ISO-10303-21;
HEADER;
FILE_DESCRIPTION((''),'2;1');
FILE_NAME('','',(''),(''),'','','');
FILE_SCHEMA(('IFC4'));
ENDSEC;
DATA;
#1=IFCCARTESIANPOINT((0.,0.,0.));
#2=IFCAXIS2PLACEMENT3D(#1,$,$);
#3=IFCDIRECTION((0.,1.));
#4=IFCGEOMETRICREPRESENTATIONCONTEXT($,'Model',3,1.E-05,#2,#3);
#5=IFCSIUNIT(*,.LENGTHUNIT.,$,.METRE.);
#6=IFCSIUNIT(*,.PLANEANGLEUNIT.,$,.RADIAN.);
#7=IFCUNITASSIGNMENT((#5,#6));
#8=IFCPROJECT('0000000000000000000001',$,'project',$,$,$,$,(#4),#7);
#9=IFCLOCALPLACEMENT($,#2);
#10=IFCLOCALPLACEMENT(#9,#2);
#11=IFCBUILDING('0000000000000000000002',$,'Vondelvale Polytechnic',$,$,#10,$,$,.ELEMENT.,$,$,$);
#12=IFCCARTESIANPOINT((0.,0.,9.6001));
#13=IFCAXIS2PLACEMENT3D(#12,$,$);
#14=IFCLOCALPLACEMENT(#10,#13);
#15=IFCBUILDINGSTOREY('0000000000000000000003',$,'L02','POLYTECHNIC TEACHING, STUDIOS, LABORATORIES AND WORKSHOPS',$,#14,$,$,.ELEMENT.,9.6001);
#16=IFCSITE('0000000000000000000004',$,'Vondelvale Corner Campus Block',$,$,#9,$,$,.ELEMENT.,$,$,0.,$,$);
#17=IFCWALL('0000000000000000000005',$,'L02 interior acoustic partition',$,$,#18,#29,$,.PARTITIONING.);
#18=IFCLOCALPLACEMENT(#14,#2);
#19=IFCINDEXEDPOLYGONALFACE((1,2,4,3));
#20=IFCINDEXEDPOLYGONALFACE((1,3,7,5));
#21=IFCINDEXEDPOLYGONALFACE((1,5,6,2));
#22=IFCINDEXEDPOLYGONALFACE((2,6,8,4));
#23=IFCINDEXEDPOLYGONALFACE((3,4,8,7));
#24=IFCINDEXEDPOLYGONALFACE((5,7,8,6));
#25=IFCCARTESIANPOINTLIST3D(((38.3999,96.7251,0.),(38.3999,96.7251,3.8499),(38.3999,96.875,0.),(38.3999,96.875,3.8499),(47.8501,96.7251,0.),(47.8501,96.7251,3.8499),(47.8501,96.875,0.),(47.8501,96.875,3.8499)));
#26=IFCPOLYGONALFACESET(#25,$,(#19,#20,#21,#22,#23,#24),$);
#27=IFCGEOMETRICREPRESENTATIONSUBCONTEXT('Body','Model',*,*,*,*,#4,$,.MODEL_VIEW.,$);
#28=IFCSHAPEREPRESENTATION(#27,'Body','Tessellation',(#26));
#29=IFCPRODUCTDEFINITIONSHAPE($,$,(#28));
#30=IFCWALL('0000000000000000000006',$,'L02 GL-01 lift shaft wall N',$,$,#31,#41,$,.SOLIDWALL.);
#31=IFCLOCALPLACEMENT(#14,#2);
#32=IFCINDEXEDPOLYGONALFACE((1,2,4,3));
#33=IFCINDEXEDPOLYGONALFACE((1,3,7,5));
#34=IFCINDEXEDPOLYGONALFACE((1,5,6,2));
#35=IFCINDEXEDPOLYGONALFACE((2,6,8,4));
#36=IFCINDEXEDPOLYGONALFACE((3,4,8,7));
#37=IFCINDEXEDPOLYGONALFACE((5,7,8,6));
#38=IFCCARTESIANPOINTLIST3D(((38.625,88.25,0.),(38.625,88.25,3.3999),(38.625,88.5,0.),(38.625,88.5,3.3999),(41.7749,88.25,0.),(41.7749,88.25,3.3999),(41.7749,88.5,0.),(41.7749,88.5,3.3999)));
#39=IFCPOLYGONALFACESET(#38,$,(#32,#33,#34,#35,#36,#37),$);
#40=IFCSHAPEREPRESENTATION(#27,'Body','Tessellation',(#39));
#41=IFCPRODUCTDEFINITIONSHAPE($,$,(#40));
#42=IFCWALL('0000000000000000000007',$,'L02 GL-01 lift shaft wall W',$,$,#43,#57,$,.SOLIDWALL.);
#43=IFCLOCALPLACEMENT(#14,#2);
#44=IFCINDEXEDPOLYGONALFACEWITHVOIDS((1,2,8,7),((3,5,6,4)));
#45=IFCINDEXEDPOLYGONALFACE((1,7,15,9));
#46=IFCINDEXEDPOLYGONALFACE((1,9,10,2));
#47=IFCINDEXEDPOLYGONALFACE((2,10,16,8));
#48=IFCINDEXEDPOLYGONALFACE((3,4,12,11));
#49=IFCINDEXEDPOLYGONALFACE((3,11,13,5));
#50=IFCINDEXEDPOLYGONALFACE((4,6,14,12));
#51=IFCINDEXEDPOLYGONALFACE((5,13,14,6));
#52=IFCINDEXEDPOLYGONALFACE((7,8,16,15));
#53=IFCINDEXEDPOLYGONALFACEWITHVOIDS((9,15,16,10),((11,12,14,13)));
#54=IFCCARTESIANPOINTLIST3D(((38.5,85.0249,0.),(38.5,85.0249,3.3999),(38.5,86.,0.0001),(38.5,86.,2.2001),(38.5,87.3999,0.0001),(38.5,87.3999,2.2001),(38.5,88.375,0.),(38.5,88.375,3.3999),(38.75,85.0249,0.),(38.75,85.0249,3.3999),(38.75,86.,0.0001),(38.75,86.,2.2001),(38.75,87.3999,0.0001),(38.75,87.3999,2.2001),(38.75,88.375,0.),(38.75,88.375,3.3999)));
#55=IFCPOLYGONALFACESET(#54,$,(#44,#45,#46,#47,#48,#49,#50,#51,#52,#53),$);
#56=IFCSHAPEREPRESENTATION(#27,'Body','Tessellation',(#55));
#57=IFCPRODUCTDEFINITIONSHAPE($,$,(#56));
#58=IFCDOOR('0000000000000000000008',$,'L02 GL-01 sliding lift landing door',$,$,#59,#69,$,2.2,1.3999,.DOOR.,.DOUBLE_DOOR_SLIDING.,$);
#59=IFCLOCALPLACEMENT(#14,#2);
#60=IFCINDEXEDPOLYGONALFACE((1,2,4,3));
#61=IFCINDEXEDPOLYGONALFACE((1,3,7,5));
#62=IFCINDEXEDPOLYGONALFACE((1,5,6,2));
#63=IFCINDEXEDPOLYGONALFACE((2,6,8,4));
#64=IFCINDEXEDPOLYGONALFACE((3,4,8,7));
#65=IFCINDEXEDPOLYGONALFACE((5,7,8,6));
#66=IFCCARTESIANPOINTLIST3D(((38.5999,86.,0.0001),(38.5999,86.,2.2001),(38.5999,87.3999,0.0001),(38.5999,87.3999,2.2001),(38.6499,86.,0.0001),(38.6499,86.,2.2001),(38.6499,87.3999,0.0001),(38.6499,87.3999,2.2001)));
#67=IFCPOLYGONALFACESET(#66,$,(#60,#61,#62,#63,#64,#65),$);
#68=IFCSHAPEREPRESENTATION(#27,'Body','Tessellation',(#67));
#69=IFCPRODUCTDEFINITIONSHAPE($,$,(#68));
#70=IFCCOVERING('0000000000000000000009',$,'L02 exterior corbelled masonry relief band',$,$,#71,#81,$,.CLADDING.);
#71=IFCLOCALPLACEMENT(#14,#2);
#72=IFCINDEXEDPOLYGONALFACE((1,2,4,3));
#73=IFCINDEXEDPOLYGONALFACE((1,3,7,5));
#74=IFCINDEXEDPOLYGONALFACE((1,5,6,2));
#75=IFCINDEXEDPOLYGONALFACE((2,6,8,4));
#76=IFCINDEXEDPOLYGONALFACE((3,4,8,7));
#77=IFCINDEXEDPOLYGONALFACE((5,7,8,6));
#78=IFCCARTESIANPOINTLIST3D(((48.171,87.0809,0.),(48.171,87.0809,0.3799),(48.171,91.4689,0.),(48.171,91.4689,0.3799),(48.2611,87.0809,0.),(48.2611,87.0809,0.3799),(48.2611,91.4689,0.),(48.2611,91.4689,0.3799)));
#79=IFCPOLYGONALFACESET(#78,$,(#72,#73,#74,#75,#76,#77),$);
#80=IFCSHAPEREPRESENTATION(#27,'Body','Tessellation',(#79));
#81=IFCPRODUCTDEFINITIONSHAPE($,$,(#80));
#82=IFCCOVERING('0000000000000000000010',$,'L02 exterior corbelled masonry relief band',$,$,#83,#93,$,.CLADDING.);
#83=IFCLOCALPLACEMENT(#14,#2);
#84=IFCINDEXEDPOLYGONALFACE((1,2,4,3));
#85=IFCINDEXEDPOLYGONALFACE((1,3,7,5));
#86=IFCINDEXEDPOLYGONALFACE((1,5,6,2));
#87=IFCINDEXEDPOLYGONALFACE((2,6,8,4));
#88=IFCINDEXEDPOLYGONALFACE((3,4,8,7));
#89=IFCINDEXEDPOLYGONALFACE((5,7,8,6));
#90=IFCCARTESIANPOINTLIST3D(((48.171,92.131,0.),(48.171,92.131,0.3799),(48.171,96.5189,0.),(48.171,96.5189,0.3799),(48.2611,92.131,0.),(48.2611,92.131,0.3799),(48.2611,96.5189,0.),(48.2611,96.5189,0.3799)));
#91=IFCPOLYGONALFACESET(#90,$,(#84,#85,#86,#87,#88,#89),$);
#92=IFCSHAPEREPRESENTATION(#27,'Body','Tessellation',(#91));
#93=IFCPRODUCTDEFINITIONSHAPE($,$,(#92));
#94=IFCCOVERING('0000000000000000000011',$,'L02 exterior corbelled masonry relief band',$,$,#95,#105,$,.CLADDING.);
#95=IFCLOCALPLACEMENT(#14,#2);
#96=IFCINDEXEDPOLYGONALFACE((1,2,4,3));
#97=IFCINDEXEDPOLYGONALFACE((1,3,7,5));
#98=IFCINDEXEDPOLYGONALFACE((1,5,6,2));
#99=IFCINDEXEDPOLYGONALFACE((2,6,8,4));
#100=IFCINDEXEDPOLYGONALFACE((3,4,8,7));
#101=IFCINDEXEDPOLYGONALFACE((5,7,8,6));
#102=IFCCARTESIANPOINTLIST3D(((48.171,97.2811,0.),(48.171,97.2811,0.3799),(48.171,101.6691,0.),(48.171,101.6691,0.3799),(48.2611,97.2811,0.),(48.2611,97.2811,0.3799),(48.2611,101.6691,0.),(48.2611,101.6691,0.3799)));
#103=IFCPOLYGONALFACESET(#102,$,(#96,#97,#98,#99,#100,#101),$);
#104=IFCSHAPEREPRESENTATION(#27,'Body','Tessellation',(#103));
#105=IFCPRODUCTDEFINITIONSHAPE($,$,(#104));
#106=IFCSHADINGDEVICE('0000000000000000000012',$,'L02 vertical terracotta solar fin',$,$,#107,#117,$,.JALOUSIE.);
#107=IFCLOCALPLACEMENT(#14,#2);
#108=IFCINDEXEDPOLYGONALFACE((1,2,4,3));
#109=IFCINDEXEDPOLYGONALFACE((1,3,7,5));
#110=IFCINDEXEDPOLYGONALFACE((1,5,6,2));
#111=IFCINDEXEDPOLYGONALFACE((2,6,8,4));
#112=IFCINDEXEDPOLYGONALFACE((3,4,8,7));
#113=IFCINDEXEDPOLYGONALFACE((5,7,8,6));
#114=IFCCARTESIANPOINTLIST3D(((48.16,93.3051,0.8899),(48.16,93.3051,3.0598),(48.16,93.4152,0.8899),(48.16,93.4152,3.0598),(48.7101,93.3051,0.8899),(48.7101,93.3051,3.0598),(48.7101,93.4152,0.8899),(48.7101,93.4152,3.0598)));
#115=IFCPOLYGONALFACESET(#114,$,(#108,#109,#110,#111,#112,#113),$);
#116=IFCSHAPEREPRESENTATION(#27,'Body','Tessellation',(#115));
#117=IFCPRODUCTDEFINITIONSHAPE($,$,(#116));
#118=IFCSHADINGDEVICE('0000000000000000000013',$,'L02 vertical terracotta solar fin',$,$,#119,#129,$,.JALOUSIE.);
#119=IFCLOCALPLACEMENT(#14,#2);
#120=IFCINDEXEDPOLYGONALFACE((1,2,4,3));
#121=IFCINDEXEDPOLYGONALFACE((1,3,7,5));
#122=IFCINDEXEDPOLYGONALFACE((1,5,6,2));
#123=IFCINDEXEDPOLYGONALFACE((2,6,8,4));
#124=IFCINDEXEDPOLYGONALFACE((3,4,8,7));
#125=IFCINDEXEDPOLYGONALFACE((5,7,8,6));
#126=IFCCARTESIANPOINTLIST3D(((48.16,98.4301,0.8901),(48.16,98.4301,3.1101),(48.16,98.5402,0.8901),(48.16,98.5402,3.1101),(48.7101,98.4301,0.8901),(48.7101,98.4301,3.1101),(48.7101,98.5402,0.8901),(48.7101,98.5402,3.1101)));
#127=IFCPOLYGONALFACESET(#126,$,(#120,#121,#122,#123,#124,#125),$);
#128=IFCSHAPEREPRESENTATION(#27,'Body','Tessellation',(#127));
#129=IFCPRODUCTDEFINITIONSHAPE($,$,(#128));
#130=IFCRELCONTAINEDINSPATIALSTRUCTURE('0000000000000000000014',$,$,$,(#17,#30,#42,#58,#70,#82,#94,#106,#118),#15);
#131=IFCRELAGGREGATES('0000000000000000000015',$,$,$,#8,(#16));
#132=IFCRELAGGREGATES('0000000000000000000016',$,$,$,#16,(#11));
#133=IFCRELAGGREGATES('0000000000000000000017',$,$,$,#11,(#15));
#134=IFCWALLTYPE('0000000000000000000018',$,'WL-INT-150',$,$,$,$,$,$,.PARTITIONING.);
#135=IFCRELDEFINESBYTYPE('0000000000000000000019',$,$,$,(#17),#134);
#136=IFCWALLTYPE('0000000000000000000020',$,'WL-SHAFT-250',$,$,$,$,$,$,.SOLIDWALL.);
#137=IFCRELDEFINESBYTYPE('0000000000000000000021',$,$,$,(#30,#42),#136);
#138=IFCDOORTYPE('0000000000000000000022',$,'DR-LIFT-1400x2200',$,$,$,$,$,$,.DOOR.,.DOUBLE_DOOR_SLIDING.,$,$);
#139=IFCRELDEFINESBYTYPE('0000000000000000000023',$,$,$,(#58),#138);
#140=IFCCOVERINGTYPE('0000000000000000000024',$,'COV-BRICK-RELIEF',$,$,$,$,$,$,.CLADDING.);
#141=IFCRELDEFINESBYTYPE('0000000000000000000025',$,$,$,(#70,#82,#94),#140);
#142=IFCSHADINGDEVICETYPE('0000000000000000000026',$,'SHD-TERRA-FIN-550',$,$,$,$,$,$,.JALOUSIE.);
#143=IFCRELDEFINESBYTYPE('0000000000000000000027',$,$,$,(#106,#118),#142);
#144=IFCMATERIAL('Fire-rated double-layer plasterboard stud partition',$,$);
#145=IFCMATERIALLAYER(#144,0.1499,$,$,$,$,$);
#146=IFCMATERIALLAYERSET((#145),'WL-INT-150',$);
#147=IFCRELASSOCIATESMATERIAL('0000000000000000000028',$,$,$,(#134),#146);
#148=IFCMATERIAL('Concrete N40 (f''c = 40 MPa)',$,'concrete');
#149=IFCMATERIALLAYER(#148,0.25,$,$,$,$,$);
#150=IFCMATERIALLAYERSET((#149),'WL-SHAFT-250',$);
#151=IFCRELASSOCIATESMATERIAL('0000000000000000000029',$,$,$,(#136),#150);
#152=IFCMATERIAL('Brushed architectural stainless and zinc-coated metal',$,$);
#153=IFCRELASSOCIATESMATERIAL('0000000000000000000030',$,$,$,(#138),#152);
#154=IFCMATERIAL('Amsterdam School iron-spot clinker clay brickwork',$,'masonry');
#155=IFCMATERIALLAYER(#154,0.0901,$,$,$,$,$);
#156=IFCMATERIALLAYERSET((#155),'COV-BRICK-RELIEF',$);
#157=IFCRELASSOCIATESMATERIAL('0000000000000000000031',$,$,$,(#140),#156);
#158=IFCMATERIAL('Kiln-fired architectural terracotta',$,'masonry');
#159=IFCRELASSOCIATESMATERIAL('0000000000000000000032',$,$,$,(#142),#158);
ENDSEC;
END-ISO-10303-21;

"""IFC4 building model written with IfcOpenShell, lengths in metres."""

from ifc_helpers import new_model, si_unit, direction, frame, frame_2d, origin, origin_2d, place, context, subcontext, project, spatial, rectangle, extrude, material, layer, layer_set, type_object, element, fill, save


model = new_model("IFC4")

# Units and contexts
model_context = context("Model", 3, precision=1e-05, world=origin(), true_north=direction((0.0, 1.0)))
body_context = subcontext(model_context, "Body", "Model", "MODEL_VIEW")
ifc_project = project(units=[si_unit("LENGTHUNIT", "METRE"), si_unit("PLANEANGLEUNIT", "RADIAN")], contexts=[model_context])

# Site, building, storey
site_placement = place(None, origin())
site = spatial("IfcSite", under=ifc_project, at=site_placement, Name="Vondelvale Corner Campus Block", CompositionType="ELEMENT", RefElevation=0.0)
building_placement = place(site_placement, origin())
building = spatial("IfcBuilding", under=site, at=building_placement, Name="Vondelvale Polytechnic", CompositionType="ELEMENT")
storey_placement = place(building_placement, frame((0.0, 0.0, 9.6001)))
storey = spatial("IfcBuildingStorey", under=building, at=storey_placement, Name="L02", Description="POLYTECHNIC TEACHING, STUDIOS, LABORATORIES AND WORKSHOPS", CompositionType="ELEMENT", Elevation=9.6001)

# Shared definitions
ifc_material_1 = material(Name="Amsterdam School iron-spot clinker clay brickwork", Category="masonry")

# Shared definitions
ifc_material_2 = material(Name="Fire-rated double-layer plasterboard stud partition")

# Walls
ifc_layer_1 = layer(ifc_material_2, 0.1499)
ifc_layer_set_1 = layer_set([ifc_layer_1], Name="WL-INT-150")
wall_type_1 = type_object("IfcWallType", Name="WL-INT-150", PredefinedType="PARTITIONING", material=ifc_layer_set_1)
wall_1_placement = place(storey_placement, frame((38.3999, 96.8, 0.0), z_axis=(0.0, 0.0, 1.0), x_axis=(1.0, 0.0, 0.0)))
element("IfcWall", 1, at=wall_1_placement, inside=storey, type_object=wall_type_1, Name="L02 interior acoustic partition", PredefinedType="PARTITIONING", context=body_context, shape_type="SweptSolid", body=[
    extrude(rectangle(XDim=9.4502, YDim=0.1499, at=frame_2d((4.7251, 0.0))), origin(), (0.0, 0.0, 1.0), 3.8499),
])
ifc_material_3 = material(Name="Concrete N40 (f'c = 40 MPa)", Category="concrete")
ifc_layer_2 = layer(ifc_material_3, 0.25)
ifc_layer_set_2 = layer_set([ifc_layer_2], Name="WL-SHAFT-250")
wall_type_2 = type_object("IfcWallType", Name="WL-SHAFT-250", PredefinedType="SOLIDWALL", material=ifc_layer_set_2)
wall_2_placement = place(storey_placement, frame((41.7749, 88.375, 0.0), z_axis=(0.0, 0.0, 1.0), x_axis=(-1.0, 0.0, 0.0)))
element("IfcWall", 2, at=wall_2_placement, inside=storey, type_object=wall_type_2, Name="L02 GL-01 lift shaft wall N", PredefinedType="SOLIDWALL", context=body_context, shape_type="SweptSolid", body=[
    extrude(rectangle(XDim=3.1499, YDim=0.25, at=frame_2d((1.575, 0.0))), origin(), (0.0, 0.0, 1.0), 3.3999),
])

# Wall, opening, door
wall_3_placement = place(storey_placement, frame((38.625, 88.375, 0.0), z_axis=(0.0, 0.0, 1.0), x_axis=(0.0, -1.0, 0.0)))
wall_3 = element("IfcWall", 3, at=wall_3_placement, inside=storey, type_object=wall_type_2, Name="L02 GL-01 lift shaft wall W", PredefinedType="SOLIDWALL", context=body_context, shape_type="SweptSolid", body=[
    extrude(rectangle(XDim=3.3501, YDim=0.25, at=frame_2d((1.675, 0.0))), origin(), (0.0, 0.0, 1.0), 3.3999),
])
opening_1_placement = place(wall_3_placement, frame((0.9751, 0.0, 0.0)))
opening_1 = element("IfcOpeningElement", 4, at=opening_1_placement, cuts=wall_3, PredefinedType="OPENING", context=body_context, shape_type="SweptSolid", body=[
    extrude(rectangle(XDim=1.3999, YDim=2.2, at=frame_2d((0.7, 1.1001))), frame((0.0, 0.135, 0.0), z_axis=(0.0, -1.0, 0.0), x_axis=(1.0, 0.0, 0.0)), (0.0, 0.0, 1.0), 0.27),
])
ifc_material_4 = material(Name="Brushed architectural stainless and zinc-coated metal")
door_type_1 = type_object("IfcDoorType", Name="DR-LIFT-1400x2200", OperationType="DOUBLE_DOOR_SLIDING", PredefinedType="DOOR", material=ifc_material_4)
door_1_placement = place(opening_1_placement, origin())
door_1 = element("IfcDoor", 5, at=door_1_placement, inside=storey, type_object=door_type_1, Name="L02 GL-01 sliding lift landing door", OperationType="DOUBLE_DOOR_SLIDING", OverallHeight=2.2, OverallWidth=1.3999, PredefinedType="DOOR", context=body_context, shape_type="SweptSolid", body=[
    extrude(rectangle(XDim=1.3999, YDim=2.2, at=frame_2d((0.7, 1.1001))), frame((0.0, 0.0249, 0.0), z_axis=(0.0, -1.0, 0.0), x_axis=(1.0, 0.0, 0.0)), (0.0, 0.0, 1.0), 0.05),
])
fill(opening_1, door_1)

# Coverings
ifc_layer_3 = layer(ifc_material_1, 0.0901)
ifc_layer_set_3 = layer_set([ifc_layer_3], Name="COV-BRICK-RELIEF")
covering_type = type_object("IfcCoveringType", Name="COV-BRICK-RELIEF", PredefinedType="CLADDING", material=ifc_layer_set_3)
for number, where, z_axis, x_axis, name in (
    (6, (48.2161, 89.2749, 0.0), (0.0, 0.0, 1.0), (0.0, -1.0, 0.0), "L02 exterior corbelled masonry relief band"),
    (7, (48.2161, 94.325, 0.0), (0.0, 0.0, 1.0), (0.0, -1.0, 0.0), "L02 exterior corbelled masonry relief band"),
    (8, (48.2161, 99.4751, 0.0), (0.0, 0.0, 1.0), (0.0, -1.0, 0.0), "L02 exterior corbelled masonry relief band"),
):
    element("IfcCovering", number, at=place(storey_placement, frame(where, z_axis=z_axis, x_axis=x_axis)), inside=storey, type_object=covering_type, Name=name, PredefinedType="CLADDING", context=body_context, shape_type="SweptSolid", body=[
        extrude(rectangle(XDim=4.3879, YDim=0.0901, at=origin_2d()), origin(), (0.0, 0.0, 1.0), 0.3799),
    ])

# Shading devices
ifc_material_5 = material(Name="Kiln-fired architectural terracotta", Category="masonry")
shading_device_type = type_object("IfcShadingDeviceType", Name="SHD-TERRA-FIN-550", PredefinedType="JALOUSIE", material=ifc_material_5)
shading_device_1_placement = place(storey_placement, frame((48.4351, 93.3601, 0.8899), z_axis=(0.0, 0.0, 1.0), x_axis=(0.0, -1.0, 0.0)))
element("IfcShadingDevice", 9, at=shading_device_1_placement, inside=storey, type_object=shading_device_type, Name="L02 vertical terracotta solar fin", PredefinedType="JALOUSIE", context=body_context, shape_type="SweptSolid", body=[
    extrude(rectangle(XDim=0.1101, YDim=0.55, at=origin_2d()), origin(), (0.0, 0.0, 1.0), 2.1699),
])
shading_device_2_placement = place(storey_placement, frame((48.4351, 98.4851, 0.8901), z_axis=(0.0, 0.0, 1.0), x_axis=(0.0, -1.0, 0.0)))
element("IfcShadingDevice", 10, at=shading_device_2_placement, inside=storey, type_object=shading_device_type, Name="L02 vertical terracotta solar fin", PredefinedType="JALOUSIE", context=body_context, shape_type="SweptSolid", body=[
    extrude(rectangle(XDim=0.1101, YDim=0.55, at=origin_2d()), origin(), (0.0, 0.0, 1.0), 2.22),
])

save(model, "model.ifc")
